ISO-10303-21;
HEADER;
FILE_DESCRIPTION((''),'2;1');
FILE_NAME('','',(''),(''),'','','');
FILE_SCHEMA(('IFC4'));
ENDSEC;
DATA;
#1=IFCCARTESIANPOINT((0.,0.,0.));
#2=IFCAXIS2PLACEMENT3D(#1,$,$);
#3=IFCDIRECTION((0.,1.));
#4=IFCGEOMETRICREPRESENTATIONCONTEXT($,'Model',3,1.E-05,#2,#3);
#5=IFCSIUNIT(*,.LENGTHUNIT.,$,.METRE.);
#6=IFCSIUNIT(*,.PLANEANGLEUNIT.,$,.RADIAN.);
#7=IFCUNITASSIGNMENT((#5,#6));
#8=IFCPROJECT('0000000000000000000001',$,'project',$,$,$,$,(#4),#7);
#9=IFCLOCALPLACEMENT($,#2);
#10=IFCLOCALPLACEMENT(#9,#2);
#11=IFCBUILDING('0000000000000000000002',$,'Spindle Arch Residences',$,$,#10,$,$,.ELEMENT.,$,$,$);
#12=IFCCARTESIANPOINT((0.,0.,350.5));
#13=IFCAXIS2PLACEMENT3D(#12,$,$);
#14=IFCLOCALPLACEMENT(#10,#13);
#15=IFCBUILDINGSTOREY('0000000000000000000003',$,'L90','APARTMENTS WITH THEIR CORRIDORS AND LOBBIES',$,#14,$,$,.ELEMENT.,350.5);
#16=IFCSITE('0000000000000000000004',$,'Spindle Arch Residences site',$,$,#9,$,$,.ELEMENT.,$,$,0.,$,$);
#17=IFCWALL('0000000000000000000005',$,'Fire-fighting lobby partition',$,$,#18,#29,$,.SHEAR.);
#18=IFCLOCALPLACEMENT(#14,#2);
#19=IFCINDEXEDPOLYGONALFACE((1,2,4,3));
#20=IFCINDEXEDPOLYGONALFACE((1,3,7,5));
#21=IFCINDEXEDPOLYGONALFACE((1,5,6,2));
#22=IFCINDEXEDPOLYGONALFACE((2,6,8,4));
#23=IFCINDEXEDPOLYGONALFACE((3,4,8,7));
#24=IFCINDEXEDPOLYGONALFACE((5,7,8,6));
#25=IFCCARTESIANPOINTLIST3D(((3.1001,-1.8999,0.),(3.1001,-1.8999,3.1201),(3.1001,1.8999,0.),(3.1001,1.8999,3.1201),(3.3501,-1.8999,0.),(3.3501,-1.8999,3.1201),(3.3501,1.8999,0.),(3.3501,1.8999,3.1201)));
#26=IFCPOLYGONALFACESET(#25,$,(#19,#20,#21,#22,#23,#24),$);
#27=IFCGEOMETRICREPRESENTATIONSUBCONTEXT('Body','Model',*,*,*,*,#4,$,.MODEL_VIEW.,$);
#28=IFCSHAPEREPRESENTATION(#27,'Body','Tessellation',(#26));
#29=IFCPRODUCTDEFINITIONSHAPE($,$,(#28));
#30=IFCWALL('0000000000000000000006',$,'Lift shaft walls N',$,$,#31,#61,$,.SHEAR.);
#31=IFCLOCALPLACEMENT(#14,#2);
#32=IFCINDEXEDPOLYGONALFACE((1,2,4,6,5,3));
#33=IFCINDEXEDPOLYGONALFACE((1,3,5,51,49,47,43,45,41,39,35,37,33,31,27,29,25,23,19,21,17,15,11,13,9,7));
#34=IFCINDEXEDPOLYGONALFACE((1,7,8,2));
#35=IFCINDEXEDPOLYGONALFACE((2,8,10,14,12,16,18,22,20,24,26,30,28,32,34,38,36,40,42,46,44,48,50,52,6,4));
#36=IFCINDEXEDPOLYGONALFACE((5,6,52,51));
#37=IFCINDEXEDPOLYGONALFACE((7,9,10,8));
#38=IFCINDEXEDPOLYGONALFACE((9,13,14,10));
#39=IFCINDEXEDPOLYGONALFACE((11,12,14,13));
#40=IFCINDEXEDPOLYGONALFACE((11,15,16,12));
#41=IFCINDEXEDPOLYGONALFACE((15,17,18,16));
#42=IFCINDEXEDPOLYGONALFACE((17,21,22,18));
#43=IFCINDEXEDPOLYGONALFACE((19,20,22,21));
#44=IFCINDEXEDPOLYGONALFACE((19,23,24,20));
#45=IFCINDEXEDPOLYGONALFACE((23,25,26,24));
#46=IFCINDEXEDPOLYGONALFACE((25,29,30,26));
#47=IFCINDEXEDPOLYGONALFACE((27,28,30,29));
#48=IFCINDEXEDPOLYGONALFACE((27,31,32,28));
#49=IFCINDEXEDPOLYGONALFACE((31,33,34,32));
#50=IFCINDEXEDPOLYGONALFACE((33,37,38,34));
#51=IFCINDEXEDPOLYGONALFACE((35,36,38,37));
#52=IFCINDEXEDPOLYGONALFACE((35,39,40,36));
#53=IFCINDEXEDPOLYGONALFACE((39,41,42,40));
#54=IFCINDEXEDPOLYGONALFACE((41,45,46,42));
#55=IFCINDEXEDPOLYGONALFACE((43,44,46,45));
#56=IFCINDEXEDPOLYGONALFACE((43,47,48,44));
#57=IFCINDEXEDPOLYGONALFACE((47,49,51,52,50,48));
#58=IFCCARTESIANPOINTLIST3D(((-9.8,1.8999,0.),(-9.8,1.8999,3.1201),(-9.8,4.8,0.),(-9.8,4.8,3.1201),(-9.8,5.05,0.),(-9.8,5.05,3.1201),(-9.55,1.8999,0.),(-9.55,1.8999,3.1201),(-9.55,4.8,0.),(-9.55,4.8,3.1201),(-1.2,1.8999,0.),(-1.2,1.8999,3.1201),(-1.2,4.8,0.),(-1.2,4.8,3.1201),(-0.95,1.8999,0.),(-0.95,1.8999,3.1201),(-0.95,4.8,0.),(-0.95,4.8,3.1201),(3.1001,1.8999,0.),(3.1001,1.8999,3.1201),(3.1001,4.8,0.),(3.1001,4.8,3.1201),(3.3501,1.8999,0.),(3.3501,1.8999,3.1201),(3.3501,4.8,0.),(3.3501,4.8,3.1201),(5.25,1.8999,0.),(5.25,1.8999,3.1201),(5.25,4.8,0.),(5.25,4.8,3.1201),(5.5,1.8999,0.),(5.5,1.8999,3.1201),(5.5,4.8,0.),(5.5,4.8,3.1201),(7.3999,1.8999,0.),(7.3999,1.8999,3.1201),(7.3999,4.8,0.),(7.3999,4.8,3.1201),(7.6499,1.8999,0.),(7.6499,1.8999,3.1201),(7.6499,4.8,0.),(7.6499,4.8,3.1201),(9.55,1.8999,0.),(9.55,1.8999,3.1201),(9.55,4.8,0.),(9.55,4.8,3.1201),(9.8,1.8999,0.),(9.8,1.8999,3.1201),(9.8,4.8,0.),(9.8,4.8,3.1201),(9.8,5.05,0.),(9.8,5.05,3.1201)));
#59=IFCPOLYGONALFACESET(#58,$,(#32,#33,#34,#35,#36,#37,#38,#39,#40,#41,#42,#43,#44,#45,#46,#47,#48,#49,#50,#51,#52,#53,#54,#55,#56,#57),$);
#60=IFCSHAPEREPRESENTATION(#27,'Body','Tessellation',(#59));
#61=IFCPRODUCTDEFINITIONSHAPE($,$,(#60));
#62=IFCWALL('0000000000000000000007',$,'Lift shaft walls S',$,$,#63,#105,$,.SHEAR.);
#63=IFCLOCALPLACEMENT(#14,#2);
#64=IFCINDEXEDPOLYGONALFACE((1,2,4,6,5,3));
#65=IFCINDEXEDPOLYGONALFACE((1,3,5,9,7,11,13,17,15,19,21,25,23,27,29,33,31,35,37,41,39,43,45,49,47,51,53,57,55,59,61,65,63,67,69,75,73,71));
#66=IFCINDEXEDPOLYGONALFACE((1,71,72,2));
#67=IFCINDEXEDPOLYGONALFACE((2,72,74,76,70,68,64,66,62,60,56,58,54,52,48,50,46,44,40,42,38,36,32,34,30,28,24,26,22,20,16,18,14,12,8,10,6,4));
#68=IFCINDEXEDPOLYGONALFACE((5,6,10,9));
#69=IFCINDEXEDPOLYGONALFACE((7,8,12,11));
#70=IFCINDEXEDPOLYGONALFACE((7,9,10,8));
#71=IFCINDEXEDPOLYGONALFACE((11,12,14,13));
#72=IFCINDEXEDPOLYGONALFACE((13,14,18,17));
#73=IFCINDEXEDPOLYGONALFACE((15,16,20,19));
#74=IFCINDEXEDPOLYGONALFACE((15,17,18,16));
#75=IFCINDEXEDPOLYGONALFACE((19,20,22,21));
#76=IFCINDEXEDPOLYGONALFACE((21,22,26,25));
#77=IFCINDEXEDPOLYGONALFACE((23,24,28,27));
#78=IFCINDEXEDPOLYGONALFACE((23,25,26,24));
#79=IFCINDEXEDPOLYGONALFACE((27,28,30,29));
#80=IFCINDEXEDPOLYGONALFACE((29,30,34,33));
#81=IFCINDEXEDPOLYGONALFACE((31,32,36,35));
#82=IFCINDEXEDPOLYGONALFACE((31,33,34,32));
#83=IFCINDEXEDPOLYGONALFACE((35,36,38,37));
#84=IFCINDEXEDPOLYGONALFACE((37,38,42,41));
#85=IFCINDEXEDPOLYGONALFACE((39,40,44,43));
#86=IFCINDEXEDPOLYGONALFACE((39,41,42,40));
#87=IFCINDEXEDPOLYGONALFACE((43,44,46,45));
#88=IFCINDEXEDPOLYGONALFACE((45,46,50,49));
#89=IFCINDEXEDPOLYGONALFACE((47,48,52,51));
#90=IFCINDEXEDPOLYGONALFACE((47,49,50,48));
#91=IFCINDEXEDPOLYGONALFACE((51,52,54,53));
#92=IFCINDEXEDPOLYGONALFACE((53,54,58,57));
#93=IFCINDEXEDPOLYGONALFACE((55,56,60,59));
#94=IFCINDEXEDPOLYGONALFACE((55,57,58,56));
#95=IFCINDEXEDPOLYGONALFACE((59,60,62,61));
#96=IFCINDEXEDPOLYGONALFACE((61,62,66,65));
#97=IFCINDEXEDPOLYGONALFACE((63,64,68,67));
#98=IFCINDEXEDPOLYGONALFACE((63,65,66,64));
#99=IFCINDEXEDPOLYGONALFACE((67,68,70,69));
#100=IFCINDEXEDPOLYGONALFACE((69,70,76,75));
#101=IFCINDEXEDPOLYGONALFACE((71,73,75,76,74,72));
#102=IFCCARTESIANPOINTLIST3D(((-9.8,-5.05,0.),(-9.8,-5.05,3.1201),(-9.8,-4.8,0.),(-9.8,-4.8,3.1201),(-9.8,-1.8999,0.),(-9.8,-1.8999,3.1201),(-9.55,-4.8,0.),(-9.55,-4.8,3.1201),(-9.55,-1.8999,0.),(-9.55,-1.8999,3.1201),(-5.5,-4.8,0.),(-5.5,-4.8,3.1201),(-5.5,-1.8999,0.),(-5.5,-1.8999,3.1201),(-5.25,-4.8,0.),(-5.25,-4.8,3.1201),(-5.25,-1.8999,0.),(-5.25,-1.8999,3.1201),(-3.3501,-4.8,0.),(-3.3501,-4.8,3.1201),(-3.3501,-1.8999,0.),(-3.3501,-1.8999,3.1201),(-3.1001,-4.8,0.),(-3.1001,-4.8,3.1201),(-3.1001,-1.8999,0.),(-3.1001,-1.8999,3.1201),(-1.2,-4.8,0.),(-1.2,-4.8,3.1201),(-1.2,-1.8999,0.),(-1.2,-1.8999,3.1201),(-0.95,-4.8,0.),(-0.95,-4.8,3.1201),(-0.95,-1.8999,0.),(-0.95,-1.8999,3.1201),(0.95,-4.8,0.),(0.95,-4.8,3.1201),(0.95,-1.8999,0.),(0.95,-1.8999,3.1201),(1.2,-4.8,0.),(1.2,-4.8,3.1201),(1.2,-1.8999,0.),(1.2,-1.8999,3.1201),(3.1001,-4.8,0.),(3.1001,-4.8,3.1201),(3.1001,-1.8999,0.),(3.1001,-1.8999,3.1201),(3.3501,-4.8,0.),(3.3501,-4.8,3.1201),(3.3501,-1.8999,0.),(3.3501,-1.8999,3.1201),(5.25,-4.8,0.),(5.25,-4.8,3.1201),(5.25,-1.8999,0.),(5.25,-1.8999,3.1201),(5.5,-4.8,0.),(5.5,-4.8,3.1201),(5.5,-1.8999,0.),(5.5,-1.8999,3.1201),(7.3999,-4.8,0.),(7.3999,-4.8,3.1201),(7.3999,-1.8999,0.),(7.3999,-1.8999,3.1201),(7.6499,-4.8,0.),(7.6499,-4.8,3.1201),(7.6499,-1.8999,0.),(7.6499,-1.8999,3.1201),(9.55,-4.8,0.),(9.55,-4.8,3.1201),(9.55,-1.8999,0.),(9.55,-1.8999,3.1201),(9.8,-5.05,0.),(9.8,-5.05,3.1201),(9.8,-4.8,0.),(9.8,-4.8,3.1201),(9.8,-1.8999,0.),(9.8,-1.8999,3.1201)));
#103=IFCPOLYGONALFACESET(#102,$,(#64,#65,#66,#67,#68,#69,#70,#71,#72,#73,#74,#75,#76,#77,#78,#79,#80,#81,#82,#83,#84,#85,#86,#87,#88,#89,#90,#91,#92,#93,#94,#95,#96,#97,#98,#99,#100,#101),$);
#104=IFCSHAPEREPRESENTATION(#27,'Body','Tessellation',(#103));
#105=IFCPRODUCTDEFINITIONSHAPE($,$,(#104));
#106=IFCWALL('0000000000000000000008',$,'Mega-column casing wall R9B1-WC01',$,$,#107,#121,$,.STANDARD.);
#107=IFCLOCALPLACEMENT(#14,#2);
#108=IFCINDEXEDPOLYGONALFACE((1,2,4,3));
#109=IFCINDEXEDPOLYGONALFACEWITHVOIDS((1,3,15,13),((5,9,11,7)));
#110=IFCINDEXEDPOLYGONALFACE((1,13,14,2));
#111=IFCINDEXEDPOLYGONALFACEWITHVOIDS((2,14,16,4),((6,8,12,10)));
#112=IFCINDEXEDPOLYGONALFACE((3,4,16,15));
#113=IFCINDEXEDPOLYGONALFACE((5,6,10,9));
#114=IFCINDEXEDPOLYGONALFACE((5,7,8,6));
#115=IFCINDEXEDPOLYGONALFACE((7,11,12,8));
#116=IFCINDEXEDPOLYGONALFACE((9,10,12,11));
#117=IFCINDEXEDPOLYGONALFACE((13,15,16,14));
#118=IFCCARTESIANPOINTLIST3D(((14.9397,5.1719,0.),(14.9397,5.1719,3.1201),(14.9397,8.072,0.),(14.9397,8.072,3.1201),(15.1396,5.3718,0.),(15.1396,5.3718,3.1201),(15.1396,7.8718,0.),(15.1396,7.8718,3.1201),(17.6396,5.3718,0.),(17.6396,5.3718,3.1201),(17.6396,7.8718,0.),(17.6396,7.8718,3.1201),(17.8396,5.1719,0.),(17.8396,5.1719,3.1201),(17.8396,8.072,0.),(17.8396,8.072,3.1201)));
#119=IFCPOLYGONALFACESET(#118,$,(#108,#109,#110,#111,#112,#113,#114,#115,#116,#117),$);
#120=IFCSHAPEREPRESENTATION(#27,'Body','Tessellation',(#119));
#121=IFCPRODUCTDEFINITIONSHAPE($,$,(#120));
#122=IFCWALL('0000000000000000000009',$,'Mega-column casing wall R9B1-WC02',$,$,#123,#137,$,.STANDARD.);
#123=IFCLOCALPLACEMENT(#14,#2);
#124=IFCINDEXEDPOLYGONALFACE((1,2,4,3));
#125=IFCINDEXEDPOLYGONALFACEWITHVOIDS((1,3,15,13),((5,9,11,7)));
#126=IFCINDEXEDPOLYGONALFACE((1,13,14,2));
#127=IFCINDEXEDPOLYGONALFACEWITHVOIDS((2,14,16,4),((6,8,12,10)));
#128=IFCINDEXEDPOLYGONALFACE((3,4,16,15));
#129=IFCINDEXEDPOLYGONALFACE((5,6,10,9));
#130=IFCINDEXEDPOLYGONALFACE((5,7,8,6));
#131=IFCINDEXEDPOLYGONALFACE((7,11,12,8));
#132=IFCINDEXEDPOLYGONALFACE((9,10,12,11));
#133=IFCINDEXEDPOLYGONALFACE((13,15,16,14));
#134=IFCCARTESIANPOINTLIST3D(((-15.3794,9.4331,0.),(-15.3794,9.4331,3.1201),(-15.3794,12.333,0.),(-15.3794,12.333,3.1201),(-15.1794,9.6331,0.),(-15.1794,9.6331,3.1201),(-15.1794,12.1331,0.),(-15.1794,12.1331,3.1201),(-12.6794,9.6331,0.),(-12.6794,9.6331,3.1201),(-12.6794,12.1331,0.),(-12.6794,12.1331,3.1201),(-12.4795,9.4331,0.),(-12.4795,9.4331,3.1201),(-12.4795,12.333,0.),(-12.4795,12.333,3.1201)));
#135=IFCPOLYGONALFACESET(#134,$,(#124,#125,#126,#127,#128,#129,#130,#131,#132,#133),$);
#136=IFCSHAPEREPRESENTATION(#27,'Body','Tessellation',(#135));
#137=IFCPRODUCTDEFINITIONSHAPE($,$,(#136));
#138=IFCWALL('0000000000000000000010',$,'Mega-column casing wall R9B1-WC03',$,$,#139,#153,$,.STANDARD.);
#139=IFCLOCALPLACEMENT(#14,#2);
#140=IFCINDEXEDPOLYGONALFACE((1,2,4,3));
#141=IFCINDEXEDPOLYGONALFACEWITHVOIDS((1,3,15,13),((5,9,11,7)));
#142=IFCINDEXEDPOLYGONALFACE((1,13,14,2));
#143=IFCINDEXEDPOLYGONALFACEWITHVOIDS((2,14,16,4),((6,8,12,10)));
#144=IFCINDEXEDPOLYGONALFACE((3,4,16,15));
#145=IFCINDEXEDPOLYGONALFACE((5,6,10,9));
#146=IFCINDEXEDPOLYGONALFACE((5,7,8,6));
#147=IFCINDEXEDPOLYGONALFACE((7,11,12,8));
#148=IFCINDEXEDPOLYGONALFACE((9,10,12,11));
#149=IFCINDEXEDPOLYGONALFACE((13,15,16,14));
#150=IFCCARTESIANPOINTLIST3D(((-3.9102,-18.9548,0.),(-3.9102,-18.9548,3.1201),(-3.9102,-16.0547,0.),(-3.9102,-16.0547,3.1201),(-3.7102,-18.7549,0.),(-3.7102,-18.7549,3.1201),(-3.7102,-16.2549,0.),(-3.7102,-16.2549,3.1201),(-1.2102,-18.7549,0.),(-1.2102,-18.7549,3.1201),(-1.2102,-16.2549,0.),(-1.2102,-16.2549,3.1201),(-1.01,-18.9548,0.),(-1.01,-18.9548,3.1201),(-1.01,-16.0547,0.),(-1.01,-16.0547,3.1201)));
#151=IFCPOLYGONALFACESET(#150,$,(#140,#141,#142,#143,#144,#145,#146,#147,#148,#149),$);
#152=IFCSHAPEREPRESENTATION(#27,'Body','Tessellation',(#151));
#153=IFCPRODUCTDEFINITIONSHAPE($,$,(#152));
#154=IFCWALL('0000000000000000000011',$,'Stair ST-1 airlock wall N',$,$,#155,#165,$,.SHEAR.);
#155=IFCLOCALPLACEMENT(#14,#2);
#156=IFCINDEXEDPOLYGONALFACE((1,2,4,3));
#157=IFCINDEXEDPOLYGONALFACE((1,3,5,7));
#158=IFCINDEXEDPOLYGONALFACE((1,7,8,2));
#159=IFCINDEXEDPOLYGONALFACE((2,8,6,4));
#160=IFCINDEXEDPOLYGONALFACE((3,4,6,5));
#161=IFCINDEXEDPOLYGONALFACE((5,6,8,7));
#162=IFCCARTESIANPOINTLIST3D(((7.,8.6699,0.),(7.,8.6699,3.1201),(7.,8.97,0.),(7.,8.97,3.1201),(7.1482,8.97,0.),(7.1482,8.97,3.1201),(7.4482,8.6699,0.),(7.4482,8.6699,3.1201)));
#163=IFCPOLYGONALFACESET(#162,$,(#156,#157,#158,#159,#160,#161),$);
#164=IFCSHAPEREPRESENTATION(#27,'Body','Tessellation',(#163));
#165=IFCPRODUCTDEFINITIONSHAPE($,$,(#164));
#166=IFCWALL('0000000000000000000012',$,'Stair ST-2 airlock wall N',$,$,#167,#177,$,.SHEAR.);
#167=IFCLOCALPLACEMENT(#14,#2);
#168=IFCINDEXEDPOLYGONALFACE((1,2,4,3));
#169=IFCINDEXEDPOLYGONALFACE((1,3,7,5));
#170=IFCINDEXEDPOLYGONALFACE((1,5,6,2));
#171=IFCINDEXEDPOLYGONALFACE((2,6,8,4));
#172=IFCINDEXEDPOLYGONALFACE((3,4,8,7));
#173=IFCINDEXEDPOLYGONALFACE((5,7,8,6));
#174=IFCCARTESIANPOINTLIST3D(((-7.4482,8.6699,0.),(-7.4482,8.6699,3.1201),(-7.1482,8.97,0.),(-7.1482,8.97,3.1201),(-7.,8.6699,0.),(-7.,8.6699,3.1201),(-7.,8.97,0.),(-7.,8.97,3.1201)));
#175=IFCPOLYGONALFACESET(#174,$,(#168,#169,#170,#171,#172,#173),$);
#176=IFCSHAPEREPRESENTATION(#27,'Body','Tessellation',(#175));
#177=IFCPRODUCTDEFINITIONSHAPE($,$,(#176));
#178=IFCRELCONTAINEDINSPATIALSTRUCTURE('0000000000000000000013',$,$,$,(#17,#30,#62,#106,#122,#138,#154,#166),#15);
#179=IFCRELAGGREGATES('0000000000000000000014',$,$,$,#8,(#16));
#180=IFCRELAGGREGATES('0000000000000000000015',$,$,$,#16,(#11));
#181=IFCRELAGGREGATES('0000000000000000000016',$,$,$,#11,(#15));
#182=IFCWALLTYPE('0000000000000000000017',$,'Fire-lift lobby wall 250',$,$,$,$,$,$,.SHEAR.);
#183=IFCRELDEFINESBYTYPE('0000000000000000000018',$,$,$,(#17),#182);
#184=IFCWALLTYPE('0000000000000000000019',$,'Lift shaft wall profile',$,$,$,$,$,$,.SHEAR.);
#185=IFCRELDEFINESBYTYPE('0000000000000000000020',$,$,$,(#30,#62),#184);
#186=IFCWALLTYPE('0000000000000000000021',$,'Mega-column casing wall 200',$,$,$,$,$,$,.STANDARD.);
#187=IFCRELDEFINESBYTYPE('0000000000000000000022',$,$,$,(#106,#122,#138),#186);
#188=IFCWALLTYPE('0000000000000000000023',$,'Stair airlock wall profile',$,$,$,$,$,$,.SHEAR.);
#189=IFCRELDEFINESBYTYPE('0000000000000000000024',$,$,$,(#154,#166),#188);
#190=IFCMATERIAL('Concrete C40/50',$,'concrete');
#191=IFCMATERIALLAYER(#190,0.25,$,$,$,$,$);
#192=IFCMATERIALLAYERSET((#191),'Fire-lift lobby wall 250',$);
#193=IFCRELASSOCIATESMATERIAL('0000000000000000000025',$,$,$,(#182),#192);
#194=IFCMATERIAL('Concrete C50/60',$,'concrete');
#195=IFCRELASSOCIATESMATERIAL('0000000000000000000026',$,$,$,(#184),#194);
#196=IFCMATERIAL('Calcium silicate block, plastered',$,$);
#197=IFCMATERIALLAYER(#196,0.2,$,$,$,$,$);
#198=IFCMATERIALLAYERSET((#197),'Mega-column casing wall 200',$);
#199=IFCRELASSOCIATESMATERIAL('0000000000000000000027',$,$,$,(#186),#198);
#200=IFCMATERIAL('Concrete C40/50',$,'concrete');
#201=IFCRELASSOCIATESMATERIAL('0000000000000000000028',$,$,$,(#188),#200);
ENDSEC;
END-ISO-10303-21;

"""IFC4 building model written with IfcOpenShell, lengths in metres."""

from ifc_helpers import new_model, si_unit, direction, frame, frame_2d, origin, place, context, subcontext, project, spatial, polyline, rectangle, outline, extrude, material, layer, layer_set, type_object, element, save


model = new_model("IFC4")

# Units and contexts
model_context = context("Model", 3, precision=1e-05, world=origin(), true_north=direction((0.0, 1.0)))
body_context = subcontext(model_context, "Body", "Model", "MODEL_VIEW")
ifc_project = project(units=[si_unit("LENGTHUNIT", "METRE"), si_unit("PLANEANGLEUNIT", "RADIAN")], contexts=[model_context])

# Site, building, storey
site_placement = place(None, origin())
site = spatial("IfcSite", under=ifc_project, at=site_placement, Name="Spindle Arch Residences site", CompositionType="ELEMENT", RefElevation=0.0)
building_placement = place(site_placement, origin())
building = spatial("IfcBuilding", under=site, at=building_placement, Name="Spindle Arch Residences", CompositionType="ELEMENT")
storey_placement = place(building_placement, frame((0.0, 0.0, 350.5)))
storey = spatial("IfcBuildingStorey", under=building, at=storey_placement, Name="L90", Description="APARTMENTS WITH THEIR CORRIDORS AND LOBBIES", CompositionType="ELEMENT", Elevation=350.5)

# Walls
ifc_material_1 = material(Name="Concrete C40/50", Category="concrete")
ifc_layer_1 = layer(ifc_material_1, 0.25)
ifc_layer_set_1 = layer_set([ifc_layer_1], Name="Fire-lift lobby wall 250")
wall_type_1 = type_object("IfcWallType", Name="Fire-lift lobby wall 250", PredefinedType="SHEAR", material=ifc_layer_set_1)
wall_1_placement = place(storey_placement, frame((3.2251, -1.8999, 0.0), z_axis=(0.0, 0.0, 1.0), x_axis=(0.0, 1.0, 0.0)))
element("IfcWall", 1, at=wall_1_placement, inside=storey, type_object=wall_type_1, Name="Fire-fighting lobby partition", PredefinedType="SHEAR", context=body_context, shape_type="SweptSolid", body=[
    extrude(rectangle(XDim=3.7998, YDim=0.25, at=frame_2d((1.8999, 0.0))), origin(), (0.0, 0.0, 1.0), 3.1201),
])
ifc_material_2 = material(Name="Concrete C50/60", Category="concrete")
wall_type_2 = type_object("IfcWallType", Name="Lift shaft wall profile", PredefinedType="SHEAR", material=ifc_material_2)
wall_2_placement = place(storey_placement, origin())
element("IfcWall", 2, at=wall_2_placement, inside=storey, type_object=wall_type_2, Name="Lift shaft walls N", PredefinedType="SHEAR", context=body_context, shape_type="SweptSolid", body=[
    extrude(outline(polyline([(-9.8, 1.8999), (-9.55, 1.8999), (-9.55, 4.8), (-1.2, 4.8), (-1.2, 1.8999), (-0.95, 1.8999), (-0.95, 4.8), (3.1001, 4.8), (3.1001, 1.8999), (3.3501, 1.8999), (3.3501, 4.8), (5.25, 4.8), (5.25, 1.8999), (5.5, 1.8999), (5.5, 4.8), (7.3999, 4.8), (7.3999, 1.8999), (7.6499, 1.8999), (7.6499, 4.8), (9.55, 4.8), (9.55, 1.8999), (9.8, 1.8999), (9.8, 4.8), (9.8, 5.05), (-9.8, 5.05), (-9.8, 4.8), (-9.8, 1.8999)])), origin(), (0.0, 0.0, 1.0), 3.1201),
])
wall_3_placement = place(storey_placement, origin())
element("IfcWall", 3, at=wall_3_placement, inside=storey, type_object=wall_type_2, Name="Lift shaft walls S", PredefinedType="SHEAR", context=body_context, shape_type="SweptSolid", body=[
    extrude(outline(polyline([(9.8, -5.05), (9.8, -4.8), (9.8, -1.8999), (9.55, -1.8999), (9.55, -4.8), (7.6499, -4.8), (7.6499, -1.8999), (7.3999, -1.8999), (7.3999, -4.8), (5.5, -4.8), (5.5, -1.8999), (5.25, -1.8999), (5.25, -4.8), (3.3501, -4.8), (3.3501, -1.8999), (3.1001, -1.8999), (3.1001, -4.8), (1.2, -4.8), (1.2, -1.8999), (0.95, -1.8999), (0.95, -4.8), (-0.95, -4.8), (-0.95, -1.8999), (-1.2, -1.8999), (-1.2, -4.8), (-3.1001, -4.8), (-3.1001, -1.8999), (-3.3501, -1.8999), (-3.3501, -4.8), (-5.25, -4.8), (-5.25, -1.8999), (-5.5, -1.8999), (-5.5, -4.8), (-9.55, -4.8), (-9.55, -1.8999), (-9.8, -1.8999), (-9.8, -4.8), (-9.8, -5.05), (9.8, -5.05)])), origin(), (0.0, 0.0, 1.0), 3.1201),
])
ifc_material_3 = material(Name="Calcium silicate block, plastered")
ifc_layer_2 = layer(ifc_material_3, 0.2)
ifc_layer_set_2 = layer_set([ifc_layer_2], Name="Mega-column casing wall 200")
wall_type_3 = type_object("IfcWallType", Name="Mega-column casing wall 200", PredefinedType="STANDARD", material=ifc_layer_set_2)
wall_4_placement = place(storey_placement, origin())
element("IfcWall", 4, at=wall_4_placement, inside=storey, type_object=wall_type_3, Name="Mega-column casing wall R9B1-WC01", PredefinedType="STANDARD", context=body_context, shape_type="SweptSolid", body=[
    extrude(outline(polyline([(17.8396, 8.072), (17.8396, 5.1719), (14.9397, 5.1719), (14.9397, 8.072), (17.8396, 8.072)]), holes=[polyline([(15.1396, 5.3718), (17.6396, 5.3718), (17.6396, 7.8718), (15.1396, 7.8718), (15.1396, 5.3718)])]), origin(), (0.0, 0.0, 1.0), 3.1201),
])
wall_5_placement = place(storey_placement, origin())
element("IfcWall", 5, at=wall_5_placement, inside=storey, type_object=wall_type_3, Name="Mega-column casing wall R9B1-WC02", PredefinedType="STANDARD", context=body_context, shape_type="SweptSolid", body=[
    extrude(outline(polyline([(-12.4795, 12.333), (-12.4795, 9.4331), (-15.3794, 9.4331), (-15.3794, 12.333), (-12.4795, 12.333)]), holes=[polyline([(-15.1794, 9.6331), (-12.6794, 9.6331), (-12.6794, 12.1331), (-15.1794, 12.1331), (-15.1794, 9.6331)])]), origin(), (0.0, 0.0, 1.0), 3.1201),
])
wall_6_placement = place(storey_placement, origin())
element("IfcWall", 6, at=wall_6_placement, inside=storey, type_object=wall_type_3, Name="Mega-column casing wall R9B1-WC03", PredefinedType="STANDARD", context=body_context, shape_type="SweptSolid", body=[
    extrude(outline(polyline([(-1.01, -16.0547), (-1.01, -18.9548), (-3.9102, -18.9548), (-3.9102, -16.0547), (-1.01, -16.0547)]), holes=[polyline([(-3.7102, -18.7549), (-1.2102, -18.7549), (-1.2102, -16.2549), (-3.7102, -16.2549), (-3.7102, -18.7549)])]), origin(), (0.0, 0.0, 1.0), 3.1201),
])
ifc_material_4 = material(Name="Concrete C40/50", Category="concrete")
wall_type_4 = type_object("IfcWallType", Name="Stair airlock wall profile", PredefinedType="SHEAR", material=ifc_material_4)
wall_7_placement = place(storey_placement, origin())
element("IfcWall", 7, at=wall_7_placement, inside=storey, type_object=wall_type_4, Name="Stair ST-1 airlock wall N", PredefinedType="SHEAR", context=body_context, shape_type="SweptSolid", body=[
    extrude(outline(polyline([(7.4482, 8.6699), (7.0, 8.6699), (7.0, 8.97), (7.1482, 8.97), (7.4482, 8.6699)])), origin(), (0.0, 0.0, 1.0), 3.1201),
])
wall_8_placement = place(storey_placement, origin())
element("IfcWall", 8, at=wall_8_placement, inside=storey, type_object=wall_type_4, Name="Stair ST-2 airlock wall N", PredefinedType="SHEAR", context=body_context, shape_type="SweptSolid", body=[
    extrude(outline(polyline([(-7.1482, 8.97), (-7.0, 8.97), (-7.0, 8.6699), (-7.4482, 8.6699), (-7.1482, 8.97)])), origin(), (0.0, 0.0, 1.0), 3.1201),
])

save(model, "model.ifc")
